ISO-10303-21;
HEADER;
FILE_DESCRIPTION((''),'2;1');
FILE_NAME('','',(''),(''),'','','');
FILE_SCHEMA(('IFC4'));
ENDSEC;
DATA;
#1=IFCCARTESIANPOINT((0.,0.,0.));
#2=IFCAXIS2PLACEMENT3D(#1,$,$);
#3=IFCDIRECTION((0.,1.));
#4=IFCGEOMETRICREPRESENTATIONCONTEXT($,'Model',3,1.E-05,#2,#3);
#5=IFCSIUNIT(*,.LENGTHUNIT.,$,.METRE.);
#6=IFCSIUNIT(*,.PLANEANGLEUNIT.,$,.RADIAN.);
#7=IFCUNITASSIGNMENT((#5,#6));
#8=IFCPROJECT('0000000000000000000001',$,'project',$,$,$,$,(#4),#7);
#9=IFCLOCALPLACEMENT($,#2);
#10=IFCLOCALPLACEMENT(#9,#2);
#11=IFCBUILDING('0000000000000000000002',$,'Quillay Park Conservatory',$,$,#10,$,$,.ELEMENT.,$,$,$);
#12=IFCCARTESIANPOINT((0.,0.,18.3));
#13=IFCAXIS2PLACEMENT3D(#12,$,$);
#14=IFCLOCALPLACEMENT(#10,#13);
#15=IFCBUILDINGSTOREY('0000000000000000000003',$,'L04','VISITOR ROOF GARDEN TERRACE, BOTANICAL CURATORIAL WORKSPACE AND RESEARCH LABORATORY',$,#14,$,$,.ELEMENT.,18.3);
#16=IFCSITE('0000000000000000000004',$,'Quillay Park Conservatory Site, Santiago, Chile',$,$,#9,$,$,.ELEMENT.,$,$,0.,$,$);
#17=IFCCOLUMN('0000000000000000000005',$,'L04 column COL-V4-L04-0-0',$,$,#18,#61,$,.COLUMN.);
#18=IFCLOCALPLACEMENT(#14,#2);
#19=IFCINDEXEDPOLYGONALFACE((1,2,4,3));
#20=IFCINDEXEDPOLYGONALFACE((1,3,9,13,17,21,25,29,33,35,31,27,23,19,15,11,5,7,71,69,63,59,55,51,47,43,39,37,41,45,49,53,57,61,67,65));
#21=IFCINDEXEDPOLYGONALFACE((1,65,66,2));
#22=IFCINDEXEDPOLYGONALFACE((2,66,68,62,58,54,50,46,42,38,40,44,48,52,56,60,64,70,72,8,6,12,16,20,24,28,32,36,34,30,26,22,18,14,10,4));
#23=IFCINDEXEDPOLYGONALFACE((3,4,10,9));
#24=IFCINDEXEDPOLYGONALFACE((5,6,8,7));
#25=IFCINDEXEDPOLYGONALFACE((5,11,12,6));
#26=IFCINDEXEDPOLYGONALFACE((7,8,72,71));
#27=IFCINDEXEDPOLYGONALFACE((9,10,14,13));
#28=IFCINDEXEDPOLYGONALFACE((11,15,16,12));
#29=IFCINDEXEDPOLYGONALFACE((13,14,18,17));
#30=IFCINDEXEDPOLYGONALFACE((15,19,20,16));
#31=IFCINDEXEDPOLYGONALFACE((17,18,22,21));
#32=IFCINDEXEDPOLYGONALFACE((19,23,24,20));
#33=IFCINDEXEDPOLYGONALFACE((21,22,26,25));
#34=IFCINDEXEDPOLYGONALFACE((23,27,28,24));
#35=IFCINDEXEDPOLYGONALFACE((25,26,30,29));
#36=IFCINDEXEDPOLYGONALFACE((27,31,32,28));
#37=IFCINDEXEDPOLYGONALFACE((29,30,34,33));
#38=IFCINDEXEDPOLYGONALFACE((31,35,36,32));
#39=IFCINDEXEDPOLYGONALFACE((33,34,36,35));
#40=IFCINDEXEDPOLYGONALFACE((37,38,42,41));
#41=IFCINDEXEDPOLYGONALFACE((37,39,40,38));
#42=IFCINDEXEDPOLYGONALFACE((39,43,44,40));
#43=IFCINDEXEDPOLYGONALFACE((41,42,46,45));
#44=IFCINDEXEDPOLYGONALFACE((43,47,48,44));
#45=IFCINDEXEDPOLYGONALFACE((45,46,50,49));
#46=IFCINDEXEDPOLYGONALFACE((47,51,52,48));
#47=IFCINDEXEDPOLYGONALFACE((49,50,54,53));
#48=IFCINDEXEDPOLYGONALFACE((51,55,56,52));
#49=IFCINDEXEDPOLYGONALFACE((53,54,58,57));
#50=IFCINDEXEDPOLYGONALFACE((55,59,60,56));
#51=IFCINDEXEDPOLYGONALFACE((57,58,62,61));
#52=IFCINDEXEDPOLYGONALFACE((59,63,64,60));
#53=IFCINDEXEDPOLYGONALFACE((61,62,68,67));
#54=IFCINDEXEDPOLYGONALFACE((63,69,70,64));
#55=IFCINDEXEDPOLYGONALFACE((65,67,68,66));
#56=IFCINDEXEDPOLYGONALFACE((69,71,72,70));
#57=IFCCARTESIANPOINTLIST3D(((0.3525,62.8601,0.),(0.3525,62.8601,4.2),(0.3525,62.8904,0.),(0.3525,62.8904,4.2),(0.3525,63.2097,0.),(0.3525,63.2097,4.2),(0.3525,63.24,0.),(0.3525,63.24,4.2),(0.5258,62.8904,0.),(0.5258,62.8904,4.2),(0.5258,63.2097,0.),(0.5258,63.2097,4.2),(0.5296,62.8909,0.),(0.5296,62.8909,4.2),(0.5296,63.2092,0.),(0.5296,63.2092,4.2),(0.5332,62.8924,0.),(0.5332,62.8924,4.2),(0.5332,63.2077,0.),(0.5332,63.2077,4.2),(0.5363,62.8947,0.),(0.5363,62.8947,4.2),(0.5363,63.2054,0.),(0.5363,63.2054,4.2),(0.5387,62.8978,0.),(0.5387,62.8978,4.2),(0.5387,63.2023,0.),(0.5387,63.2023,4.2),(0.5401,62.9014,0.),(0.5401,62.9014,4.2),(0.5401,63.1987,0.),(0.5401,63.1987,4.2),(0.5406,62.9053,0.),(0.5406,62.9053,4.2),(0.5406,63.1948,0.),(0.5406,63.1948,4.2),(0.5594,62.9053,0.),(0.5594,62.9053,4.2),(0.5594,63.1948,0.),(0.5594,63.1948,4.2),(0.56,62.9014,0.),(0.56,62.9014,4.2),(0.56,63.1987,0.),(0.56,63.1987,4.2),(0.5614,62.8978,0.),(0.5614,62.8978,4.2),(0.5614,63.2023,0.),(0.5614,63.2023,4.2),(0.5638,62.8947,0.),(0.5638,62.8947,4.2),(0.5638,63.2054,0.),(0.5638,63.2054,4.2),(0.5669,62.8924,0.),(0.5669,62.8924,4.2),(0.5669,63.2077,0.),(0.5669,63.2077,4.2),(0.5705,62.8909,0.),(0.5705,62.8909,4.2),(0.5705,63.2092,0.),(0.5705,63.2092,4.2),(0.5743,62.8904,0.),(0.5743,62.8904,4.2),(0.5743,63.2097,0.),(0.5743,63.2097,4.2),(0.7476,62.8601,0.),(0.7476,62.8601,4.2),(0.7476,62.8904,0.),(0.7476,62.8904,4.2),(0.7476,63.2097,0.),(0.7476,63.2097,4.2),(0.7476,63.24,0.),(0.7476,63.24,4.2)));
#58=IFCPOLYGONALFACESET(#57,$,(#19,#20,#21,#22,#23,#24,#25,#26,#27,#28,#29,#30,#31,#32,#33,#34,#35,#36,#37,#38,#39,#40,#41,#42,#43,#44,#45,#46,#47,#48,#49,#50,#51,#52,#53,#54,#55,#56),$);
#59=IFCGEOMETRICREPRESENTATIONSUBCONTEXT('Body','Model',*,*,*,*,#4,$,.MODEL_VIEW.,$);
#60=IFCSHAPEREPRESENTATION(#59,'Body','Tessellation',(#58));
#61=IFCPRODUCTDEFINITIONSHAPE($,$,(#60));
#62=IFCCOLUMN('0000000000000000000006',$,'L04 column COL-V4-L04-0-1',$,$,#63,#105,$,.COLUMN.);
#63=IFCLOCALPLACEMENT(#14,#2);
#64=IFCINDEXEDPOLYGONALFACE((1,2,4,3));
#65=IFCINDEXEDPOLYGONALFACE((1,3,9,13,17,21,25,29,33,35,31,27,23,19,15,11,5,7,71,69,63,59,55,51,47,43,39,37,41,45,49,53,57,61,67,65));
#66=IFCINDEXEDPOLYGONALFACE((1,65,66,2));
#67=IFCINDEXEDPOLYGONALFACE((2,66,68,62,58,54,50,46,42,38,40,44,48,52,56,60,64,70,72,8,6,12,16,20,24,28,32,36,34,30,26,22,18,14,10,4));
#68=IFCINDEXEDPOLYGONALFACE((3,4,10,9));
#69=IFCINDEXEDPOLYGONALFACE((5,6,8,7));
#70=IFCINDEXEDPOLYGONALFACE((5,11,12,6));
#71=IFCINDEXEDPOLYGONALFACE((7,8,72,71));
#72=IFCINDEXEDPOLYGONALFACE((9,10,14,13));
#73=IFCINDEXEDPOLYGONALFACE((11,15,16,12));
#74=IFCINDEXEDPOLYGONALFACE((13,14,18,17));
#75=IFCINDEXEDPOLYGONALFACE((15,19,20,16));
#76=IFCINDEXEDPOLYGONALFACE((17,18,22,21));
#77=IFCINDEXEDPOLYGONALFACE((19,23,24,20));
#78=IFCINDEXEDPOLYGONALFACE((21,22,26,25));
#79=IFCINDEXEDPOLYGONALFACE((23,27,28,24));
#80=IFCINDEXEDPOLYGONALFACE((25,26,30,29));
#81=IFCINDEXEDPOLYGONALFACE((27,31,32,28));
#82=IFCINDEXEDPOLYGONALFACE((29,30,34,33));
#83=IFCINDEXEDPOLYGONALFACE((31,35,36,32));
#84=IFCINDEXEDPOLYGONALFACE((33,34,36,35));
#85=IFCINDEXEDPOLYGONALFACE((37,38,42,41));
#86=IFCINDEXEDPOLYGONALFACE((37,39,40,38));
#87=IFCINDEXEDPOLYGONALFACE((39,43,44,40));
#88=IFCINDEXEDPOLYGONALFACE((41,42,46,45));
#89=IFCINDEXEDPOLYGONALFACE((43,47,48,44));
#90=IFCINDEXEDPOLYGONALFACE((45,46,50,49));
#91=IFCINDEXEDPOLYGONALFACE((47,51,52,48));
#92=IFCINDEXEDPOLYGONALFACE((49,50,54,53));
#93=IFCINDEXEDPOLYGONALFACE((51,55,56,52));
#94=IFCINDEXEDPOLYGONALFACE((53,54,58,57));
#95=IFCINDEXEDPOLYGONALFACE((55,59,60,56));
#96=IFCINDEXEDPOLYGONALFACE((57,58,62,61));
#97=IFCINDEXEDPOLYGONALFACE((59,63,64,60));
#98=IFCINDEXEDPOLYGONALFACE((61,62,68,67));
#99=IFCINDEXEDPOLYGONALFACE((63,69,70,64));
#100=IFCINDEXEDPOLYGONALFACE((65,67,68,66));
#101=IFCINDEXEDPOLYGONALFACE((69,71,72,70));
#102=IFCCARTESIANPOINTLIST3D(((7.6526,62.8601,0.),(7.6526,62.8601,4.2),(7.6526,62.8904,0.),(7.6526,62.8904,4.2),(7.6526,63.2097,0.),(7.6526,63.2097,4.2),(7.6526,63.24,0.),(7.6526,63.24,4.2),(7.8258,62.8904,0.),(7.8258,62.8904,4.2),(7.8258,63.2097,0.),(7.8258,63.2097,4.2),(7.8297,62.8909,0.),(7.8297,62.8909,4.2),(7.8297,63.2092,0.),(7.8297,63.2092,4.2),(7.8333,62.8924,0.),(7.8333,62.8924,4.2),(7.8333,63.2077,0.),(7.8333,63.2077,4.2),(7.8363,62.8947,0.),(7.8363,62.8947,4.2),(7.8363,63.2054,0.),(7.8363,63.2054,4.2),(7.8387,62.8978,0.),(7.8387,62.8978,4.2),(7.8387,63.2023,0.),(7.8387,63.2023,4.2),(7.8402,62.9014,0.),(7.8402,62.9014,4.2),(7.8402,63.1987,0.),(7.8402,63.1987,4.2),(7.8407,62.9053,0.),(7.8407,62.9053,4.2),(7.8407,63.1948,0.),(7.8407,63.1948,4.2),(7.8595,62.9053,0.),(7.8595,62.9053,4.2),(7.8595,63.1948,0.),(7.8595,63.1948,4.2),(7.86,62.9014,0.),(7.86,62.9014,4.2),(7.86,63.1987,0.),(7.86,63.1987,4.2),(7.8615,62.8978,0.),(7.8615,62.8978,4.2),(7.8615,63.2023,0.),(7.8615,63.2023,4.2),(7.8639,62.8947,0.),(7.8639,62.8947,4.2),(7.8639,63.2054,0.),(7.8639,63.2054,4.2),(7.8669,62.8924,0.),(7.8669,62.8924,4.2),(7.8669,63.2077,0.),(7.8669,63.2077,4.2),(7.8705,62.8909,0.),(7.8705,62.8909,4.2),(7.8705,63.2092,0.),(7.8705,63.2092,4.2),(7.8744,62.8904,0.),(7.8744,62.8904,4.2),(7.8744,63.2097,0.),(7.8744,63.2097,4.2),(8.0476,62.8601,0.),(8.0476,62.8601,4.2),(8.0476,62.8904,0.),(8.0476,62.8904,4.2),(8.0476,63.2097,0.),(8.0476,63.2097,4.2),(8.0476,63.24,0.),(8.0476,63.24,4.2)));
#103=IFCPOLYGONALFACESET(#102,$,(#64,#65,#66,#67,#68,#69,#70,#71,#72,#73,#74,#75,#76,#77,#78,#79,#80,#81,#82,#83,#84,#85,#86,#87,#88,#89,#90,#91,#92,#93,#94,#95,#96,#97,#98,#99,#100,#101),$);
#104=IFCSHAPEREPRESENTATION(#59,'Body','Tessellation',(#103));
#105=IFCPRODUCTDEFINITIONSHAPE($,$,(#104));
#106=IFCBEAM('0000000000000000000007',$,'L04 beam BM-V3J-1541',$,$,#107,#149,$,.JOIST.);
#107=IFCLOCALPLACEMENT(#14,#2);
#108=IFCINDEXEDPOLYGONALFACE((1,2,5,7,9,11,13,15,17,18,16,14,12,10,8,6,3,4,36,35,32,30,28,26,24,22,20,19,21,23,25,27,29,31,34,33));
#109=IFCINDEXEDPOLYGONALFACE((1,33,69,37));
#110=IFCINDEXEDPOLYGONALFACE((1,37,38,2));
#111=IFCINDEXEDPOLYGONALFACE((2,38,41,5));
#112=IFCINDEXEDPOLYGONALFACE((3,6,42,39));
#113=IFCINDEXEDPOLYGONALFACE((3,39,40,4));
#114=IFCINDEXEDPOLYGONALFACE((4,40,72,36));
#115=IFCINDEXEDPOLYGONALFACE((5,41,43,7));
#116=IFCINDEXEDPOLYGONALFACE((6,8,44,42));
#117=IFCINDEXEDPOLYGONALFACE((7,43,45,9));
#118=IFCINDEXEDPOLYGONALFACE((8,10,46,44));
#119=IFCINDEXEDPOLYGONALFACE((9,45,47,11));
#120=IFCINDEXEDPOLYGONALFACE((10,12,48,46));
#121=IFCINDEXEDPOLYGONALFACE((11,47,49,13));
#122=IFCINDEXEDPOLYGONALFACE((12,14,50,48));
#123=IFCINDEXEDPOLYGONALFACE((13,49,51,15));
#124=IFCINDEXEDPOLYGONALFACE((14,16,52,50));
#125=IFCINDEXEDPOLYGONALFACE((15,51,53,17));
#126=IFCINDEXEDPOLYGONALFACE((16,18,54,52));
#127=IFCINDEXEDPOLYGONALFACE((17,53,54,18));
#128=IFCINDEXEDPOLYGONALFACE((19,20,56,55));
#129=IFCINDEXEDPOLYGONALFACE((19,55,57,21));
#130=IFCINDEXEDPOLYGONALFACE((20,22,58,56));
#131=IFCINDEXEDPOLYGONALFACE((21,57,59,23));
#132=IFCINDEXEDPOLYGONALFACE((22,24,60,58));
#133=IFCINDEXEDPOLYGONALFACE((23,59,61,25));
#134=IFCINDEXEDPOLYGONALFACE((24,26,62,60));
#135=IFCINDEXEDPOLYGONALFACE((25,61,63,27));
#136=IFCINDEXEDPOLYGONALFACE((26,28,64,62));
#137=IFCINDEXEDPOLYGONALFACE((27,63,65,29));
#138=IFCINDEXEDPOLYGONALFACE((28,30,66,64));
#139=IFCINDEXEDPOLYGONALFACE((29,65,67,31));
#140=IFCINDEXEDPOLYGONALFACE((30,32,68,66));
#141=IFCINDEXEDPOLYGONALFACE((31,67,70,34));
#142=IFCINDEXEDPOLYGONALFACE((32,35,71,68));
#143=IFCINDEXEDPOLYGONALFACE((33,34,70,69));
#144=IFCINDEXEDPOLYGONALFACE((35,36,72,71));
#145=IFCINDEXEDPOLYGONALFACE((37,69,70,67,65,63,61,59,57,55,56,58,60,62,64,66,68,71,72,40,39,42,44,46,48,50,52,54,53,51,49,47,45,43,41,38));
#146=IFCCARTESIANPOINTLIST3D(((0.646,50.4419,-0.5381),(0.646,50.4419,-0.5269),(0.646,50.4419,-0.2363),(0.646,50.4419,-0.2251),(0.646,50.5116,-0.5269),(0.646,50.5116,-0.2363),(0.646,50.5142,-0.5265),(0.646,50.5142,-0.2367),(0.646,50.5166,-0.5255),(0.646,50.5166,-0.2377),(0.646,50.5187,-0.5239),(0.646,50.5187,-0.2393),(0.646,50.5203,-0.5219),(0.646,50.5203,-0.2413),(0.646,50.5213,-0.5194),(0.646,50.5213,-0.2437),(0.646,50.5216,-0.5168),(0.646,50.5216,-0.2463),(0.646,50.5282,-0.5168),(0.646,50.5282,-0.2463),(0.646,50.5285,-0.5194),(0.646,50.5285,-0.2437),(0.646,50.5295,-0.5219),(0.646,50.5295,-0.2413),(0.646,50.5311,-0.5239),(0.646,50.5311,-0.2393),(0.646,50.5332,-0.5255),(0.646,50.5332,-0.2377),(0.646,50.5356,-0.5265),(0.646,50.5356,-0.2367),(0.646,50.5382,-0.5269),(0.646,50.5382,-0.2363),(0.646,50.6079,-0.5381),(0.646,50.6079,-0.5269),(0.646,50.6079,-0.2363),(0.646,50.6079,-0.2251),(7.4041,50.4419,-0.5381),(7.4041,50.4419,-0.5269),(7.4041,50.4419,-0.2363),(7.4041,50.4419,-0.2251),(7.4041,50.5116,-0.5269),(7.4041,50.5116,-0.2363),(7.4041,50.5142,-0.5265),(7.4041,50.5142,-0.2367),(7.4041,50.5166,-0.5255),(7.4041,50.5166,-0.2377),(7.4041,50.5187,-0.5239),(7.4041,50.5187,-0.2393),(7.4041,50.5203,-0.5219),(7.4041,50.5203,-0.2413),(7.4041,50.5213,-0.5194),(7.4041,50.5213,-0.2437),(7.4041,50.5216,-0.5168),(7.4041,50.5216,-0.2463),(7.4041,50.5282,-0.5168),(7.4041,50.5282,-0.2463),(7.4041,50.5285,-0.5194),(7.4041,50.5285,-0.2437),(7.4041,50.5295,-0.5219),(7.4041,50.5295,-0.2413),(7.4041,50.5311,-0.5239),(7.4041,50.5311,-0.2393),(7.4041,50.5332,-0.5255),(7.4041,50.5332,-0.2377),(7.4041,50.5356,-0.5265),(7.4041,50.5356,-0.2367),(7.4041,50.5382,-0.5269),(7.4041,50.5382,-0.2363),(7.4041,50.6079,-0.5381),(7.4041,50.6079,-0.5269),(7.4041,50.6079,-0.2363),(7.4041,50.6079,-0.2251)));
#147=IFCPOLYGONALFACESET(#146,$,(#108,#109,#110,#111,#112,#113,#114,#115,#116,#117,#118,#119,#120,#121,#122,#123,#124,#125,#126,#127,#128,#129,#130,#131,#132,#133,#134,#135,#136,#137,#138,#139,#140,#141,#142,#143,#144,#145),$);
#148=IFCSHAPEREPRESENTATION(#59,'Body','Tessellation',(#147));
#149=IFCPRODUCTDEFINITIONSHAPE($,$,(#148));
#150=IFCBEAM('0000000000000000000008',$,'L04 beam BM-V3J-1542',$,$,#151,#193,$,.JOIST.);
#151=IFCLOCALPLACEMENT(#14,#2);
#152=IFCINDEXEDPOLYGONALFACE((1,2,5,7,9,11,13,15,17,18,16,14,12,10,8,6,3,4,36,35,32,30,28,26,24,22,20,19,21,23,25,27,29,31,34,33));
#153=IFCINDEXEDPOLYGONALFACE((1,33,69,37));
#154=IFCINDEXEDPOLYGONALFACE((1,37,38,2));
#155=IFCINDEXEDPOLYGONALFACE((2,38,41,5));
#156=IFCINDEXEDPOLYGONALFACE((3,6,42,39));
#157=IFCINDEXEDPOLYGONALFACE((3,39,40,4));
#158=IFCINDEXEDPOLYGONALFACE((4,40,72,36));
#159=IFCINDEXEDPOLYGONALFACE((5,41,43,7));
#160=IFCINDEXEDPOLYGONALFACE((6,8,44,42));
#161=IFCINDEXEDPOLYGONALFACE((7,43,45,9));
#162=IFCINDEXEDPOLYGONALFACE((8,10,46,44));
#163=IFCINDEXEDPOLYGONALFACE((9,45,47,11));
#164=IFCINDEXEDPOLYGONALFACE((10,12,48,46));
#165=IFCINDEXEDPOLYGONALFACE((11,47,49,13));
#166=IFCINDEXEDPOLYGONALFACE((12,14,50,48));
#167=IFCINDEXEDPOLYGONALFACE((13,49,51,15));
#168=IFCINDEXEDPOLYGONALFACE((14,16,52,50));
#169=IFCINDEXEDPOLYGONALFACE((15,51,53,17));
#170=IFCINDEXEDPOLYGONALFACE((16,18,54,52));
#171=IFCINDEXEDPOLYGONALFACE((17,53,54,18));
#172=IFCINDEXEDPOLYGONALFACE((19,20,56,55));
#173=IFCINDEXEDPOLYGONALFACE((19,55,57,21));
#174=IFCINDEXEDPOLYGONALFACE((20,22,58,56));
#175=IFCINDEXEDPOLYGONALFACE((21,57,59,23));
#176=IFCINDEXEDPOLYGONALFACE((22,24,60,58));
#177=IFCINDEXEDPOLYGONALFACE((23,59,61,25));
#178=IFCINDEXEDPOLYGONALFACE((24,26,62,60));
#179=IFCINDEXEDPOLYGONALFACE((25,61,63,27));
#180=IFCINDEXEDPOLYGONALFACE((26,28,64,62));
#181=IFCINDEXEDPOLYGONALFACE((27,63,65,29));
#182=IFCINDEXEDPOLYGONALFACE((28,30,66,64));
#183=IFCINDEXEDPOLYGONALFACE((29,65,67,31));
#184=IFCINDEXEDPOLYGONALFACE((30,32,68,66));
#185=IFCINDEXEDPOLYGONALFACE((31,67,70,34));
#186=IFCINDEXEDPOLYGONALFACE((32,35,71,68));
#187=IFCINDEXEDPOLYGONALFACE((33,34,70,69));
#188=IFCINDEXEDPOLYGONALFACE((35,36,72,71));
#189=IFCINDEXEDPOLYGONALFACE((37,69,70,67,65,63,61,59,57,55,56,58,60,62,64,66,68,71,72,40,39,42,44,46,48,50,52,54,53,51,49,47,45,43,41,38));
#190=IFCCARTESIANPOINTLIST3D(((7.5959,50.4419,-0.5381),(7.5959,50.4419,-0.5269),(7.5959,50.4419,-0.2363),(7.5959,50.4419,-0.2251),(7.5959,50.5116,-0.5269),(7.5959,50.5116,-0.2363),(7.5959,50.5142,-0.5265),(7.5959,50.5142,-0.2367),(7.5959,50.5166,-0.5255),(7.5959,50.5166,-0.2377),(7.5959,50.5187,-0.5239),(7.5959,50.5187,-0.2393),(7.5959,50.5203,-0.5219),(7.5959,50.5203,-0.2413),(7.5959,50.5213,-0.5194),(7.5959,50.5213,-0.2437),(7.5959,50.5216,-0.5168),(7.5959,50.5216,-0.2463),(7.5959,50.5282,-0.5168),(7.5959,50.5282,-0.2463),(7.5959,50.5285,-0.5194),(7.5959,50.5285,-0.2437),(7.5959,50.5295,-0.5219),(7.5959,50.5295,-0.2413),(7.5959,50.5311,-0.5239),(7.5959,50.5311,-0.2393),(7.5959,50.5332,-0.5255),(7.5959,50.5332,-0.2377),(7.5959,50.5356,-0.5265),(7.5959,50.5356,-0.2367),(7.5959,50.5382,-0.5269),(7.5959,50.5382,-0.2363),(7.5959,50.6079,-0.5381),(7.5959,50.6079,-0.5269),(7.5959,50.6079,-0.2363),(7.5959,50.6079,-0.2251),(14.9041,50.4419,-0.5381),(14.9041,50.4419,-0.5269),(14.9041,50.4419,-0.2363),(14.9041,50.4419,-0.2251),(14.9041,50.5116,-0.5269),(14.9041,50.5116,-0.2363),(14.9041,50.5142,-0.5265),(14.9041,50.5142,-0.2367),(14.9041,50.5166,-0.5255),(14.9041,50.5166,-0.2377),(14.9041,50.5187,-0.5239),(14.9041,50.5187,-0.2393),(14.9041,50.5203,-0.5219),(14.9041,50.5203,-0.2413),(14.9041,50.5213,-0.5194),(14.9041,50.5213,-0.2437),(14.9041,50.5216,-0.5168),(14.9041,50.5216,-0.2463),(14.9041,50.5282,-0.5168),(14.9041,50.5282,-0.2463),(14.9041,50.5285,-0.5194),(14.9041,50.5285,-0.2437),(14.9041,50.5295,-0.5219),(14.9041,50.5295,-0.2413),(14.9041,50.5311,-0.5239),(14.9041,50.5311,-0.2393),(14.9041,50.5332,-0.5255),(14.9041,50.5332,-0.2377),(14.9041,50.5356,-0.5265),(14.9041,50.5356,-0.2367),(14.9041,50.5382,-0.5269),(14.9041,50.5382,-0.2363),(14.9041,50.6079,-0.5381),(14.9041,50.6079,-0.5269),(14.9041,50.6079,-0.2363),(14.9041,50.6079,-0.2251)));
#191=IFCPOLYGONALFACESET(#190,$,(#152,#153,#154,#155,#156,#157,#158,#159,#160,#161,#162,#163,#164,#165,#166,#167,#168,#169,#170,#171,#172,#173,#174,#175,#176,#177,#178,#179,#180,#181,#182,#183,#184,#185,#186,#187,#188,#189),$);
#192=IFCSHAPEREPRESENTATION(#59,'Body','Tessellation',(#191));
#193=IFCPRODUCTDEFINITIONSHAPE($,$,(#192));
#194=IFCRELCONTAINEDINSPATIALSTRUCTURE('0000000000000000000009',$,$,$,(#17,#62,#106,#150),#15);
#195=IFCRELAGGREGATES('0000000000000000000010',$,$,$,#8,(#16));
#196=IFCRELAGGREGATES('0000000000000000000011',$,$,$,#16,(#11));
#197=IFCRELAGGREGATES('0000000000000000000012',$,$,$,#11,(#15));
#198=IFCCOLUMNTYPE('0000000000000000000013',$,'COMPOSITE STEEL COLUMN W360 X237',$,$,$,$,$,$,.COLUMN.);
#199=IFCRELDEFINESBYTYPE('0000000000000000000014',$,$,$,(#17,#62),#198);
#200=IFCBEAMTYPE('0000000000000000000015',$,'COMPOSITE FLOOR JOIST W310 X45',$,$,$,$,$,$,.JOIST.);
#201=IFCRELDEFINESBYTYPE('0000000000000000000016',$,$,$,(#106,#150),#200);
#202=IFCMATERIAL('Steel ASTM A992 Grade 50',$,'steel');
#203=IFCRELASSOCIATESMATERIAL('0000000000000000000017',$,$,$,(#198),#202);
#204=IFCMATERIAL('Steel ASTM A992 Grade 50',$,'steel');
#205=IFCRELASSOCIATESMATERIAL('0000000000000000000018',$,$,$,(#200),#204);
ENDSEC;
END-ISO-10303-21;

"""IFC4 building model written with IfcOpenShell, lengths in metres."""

from ifc_helpers import new_model, si_unit, direction, frame, origin, origin_2d, place, context, subcontext, project, spatial, i_section, extrude, material, material_profile, profile_set, type_object, element, save


model = new_model("IFC4")

# Units and contexts
model_context = context("Model", 3, precision=1e-05, world=origin(), true_north=direction((0.0, 1.0)))
body_context = subcontext(model_context, "Body", "Model", "MODEL_VIEW")
ifc_project = project(units=[si_unit("LENGTHUNIT", "METRE"), si_unit("PLANEANGLEUNIT", "RADIAN")], contexts=[model_context])

# Site, building, storey
site_placement = place(None, origin())
site = spatial("IfcSite", under=ifc_project, at=site_placement, Name="Quillay Park Conservatory Site, Santiago, Chile", CompositionType="ELEMENT", RefElevation=0.0)
building_placement = place(site_placement, origin())
building = spatial("IfcBuilding", under=site, at=building_placement, Name="Quillay Park Conservatory", CompositionType="ELEMENT")
storey_placement = place(building_placement, frame((0.0, 0.0, 18.3)))
storey = spatial("IfcBuildingStorey", under=building, at=storey_placement, Name="L04", Description="VISITOR ROOF GARDEN TERRACE, BOTANICAL CURATORIAL WORKSPACE AND RESEARCH LABORATORY", CompositionType="ELEMENT", Elevation=18.3)

# Columns
ifc_material_1 = material(Name="Steel ASTM A992 Grade 50", Category="steel")
ifc_material_profile_1 = material_profile(ifc_material_1, i_section(OverallWidth=0.395, OverallDepth=0.3799, WebThickness=0.0188, FlangeThickness=0.0303, FilletRadius=0.0149, at=origin_2d()), Name="W360x237")
ifc_profile_set_1 = profile_set([ifc_material_profile_1], Name="Steel ASTM A992 Grade 50")
column_type = type_object("IfcColumnType", Name="COMPOSITE STEEL COLUMN W360 X237", PredefinedType="COLUMN", material=ifc_profile_set_1)
for number, where, z_axis, x_axis, name in (
    (1, (0.55, 63.05, 0.0), (0.0, 0.0, 1.0), (1.0, 0.0, 0.0), "L04 column COL-V4-L04-0-0"),
    (2, (7.8501, 63.05, 0.0), (0.0, 0.0, 1.0), (1.0, 0.0, 0.0), "L04 column COL-V4-L04-0-1"),
):
    element("IfcColumn", number, at=place(storey_placement, frame(where, z_axis=z_axis, x_axis=x_axis)), inside=storey, type_object=column_type, Name=name, PredefinedType="COLUMN", context=body_context, shape_type="SweptSolid", body=[
        extrude(i_section(OverallWidth=0.395, OverallDepth=0.3799, WebThickness=0.0188, FlangeThickness=0.0303, FilletRadius=0.0149, at=origin_2d()), origin(), (0.0, 0.0, 1.0), 4.2),
    ])

# Beams
ifc_material_2 = material(Name="Steel ASTM A992 Grade 50", Category="steel")
ifc_material_profile_2 = material_profile(ifc_material_2, i_section(OverallWidth=0.166, OverallDepth=0.313, WebThickness=0.0066, FlangeThickness=0.0112, FilletRadius=0.01, at=origin_2d()), Name="W310x45")
ifc_profile_set_2 = profile_set([ifc_material_profile_2], Name="Steel ASTM A992 Grade 50")
beam_type_1 = type_object("IfcBeamType", Name="COMPOSITE FLOOR JOIST W310 X45", PredefinedType="JOIST", material=ifc_profile_set_2)
beam_1_placement = place(storey_placement, frame((0.646, 50.5249, -0.3816), z_axis=(1.0, 0.0, 0.0), x_axis=(0.0, 1.0, 0.0)))
element("IfcBeam", 3, at=beam_1_placement, inside=storey, type_object=beam_type_1, Name="L04 beam BM-V3J-1541", PredefinedType="JOIST", context=body_context, shape_type="SweptSolid", body=[
    extrude(i_section(OverallWidth=0.166, OverallDepth=0.313, WebThickness=0.0066, FlangeThickness=0.0112, FilletRadius=0.01, at=origin_2d()), origin(), (0.0, 0.0, 1.0), 6.7581),
])
beam_2_placement = place(storey_placement, frame((7.5959, 50.5249, -0.3816), z_axis=(1.0, 0.0, 0.0), x_axis=(0.0, 1.0, 0.0)))
element("IfcBeam", 4, at=beam_2_placement, inside=storey, type_object=beam_type_1, Name="L04 beam BM-V3J-1542", PredefinedType="JOIST", context=body_context, shape_type="SweptSolid", body=[
    extrude(i_section(OverallWidth=0.166, OverallDepth=0.313, WebThickness=0.0066, FlangeThickness=0.0112, FilletRadius=0.01, at=origin_2d()), origin(), (0.0, 0.0, 1.0), 7.3081),
])

save(model, "model.ifc")
